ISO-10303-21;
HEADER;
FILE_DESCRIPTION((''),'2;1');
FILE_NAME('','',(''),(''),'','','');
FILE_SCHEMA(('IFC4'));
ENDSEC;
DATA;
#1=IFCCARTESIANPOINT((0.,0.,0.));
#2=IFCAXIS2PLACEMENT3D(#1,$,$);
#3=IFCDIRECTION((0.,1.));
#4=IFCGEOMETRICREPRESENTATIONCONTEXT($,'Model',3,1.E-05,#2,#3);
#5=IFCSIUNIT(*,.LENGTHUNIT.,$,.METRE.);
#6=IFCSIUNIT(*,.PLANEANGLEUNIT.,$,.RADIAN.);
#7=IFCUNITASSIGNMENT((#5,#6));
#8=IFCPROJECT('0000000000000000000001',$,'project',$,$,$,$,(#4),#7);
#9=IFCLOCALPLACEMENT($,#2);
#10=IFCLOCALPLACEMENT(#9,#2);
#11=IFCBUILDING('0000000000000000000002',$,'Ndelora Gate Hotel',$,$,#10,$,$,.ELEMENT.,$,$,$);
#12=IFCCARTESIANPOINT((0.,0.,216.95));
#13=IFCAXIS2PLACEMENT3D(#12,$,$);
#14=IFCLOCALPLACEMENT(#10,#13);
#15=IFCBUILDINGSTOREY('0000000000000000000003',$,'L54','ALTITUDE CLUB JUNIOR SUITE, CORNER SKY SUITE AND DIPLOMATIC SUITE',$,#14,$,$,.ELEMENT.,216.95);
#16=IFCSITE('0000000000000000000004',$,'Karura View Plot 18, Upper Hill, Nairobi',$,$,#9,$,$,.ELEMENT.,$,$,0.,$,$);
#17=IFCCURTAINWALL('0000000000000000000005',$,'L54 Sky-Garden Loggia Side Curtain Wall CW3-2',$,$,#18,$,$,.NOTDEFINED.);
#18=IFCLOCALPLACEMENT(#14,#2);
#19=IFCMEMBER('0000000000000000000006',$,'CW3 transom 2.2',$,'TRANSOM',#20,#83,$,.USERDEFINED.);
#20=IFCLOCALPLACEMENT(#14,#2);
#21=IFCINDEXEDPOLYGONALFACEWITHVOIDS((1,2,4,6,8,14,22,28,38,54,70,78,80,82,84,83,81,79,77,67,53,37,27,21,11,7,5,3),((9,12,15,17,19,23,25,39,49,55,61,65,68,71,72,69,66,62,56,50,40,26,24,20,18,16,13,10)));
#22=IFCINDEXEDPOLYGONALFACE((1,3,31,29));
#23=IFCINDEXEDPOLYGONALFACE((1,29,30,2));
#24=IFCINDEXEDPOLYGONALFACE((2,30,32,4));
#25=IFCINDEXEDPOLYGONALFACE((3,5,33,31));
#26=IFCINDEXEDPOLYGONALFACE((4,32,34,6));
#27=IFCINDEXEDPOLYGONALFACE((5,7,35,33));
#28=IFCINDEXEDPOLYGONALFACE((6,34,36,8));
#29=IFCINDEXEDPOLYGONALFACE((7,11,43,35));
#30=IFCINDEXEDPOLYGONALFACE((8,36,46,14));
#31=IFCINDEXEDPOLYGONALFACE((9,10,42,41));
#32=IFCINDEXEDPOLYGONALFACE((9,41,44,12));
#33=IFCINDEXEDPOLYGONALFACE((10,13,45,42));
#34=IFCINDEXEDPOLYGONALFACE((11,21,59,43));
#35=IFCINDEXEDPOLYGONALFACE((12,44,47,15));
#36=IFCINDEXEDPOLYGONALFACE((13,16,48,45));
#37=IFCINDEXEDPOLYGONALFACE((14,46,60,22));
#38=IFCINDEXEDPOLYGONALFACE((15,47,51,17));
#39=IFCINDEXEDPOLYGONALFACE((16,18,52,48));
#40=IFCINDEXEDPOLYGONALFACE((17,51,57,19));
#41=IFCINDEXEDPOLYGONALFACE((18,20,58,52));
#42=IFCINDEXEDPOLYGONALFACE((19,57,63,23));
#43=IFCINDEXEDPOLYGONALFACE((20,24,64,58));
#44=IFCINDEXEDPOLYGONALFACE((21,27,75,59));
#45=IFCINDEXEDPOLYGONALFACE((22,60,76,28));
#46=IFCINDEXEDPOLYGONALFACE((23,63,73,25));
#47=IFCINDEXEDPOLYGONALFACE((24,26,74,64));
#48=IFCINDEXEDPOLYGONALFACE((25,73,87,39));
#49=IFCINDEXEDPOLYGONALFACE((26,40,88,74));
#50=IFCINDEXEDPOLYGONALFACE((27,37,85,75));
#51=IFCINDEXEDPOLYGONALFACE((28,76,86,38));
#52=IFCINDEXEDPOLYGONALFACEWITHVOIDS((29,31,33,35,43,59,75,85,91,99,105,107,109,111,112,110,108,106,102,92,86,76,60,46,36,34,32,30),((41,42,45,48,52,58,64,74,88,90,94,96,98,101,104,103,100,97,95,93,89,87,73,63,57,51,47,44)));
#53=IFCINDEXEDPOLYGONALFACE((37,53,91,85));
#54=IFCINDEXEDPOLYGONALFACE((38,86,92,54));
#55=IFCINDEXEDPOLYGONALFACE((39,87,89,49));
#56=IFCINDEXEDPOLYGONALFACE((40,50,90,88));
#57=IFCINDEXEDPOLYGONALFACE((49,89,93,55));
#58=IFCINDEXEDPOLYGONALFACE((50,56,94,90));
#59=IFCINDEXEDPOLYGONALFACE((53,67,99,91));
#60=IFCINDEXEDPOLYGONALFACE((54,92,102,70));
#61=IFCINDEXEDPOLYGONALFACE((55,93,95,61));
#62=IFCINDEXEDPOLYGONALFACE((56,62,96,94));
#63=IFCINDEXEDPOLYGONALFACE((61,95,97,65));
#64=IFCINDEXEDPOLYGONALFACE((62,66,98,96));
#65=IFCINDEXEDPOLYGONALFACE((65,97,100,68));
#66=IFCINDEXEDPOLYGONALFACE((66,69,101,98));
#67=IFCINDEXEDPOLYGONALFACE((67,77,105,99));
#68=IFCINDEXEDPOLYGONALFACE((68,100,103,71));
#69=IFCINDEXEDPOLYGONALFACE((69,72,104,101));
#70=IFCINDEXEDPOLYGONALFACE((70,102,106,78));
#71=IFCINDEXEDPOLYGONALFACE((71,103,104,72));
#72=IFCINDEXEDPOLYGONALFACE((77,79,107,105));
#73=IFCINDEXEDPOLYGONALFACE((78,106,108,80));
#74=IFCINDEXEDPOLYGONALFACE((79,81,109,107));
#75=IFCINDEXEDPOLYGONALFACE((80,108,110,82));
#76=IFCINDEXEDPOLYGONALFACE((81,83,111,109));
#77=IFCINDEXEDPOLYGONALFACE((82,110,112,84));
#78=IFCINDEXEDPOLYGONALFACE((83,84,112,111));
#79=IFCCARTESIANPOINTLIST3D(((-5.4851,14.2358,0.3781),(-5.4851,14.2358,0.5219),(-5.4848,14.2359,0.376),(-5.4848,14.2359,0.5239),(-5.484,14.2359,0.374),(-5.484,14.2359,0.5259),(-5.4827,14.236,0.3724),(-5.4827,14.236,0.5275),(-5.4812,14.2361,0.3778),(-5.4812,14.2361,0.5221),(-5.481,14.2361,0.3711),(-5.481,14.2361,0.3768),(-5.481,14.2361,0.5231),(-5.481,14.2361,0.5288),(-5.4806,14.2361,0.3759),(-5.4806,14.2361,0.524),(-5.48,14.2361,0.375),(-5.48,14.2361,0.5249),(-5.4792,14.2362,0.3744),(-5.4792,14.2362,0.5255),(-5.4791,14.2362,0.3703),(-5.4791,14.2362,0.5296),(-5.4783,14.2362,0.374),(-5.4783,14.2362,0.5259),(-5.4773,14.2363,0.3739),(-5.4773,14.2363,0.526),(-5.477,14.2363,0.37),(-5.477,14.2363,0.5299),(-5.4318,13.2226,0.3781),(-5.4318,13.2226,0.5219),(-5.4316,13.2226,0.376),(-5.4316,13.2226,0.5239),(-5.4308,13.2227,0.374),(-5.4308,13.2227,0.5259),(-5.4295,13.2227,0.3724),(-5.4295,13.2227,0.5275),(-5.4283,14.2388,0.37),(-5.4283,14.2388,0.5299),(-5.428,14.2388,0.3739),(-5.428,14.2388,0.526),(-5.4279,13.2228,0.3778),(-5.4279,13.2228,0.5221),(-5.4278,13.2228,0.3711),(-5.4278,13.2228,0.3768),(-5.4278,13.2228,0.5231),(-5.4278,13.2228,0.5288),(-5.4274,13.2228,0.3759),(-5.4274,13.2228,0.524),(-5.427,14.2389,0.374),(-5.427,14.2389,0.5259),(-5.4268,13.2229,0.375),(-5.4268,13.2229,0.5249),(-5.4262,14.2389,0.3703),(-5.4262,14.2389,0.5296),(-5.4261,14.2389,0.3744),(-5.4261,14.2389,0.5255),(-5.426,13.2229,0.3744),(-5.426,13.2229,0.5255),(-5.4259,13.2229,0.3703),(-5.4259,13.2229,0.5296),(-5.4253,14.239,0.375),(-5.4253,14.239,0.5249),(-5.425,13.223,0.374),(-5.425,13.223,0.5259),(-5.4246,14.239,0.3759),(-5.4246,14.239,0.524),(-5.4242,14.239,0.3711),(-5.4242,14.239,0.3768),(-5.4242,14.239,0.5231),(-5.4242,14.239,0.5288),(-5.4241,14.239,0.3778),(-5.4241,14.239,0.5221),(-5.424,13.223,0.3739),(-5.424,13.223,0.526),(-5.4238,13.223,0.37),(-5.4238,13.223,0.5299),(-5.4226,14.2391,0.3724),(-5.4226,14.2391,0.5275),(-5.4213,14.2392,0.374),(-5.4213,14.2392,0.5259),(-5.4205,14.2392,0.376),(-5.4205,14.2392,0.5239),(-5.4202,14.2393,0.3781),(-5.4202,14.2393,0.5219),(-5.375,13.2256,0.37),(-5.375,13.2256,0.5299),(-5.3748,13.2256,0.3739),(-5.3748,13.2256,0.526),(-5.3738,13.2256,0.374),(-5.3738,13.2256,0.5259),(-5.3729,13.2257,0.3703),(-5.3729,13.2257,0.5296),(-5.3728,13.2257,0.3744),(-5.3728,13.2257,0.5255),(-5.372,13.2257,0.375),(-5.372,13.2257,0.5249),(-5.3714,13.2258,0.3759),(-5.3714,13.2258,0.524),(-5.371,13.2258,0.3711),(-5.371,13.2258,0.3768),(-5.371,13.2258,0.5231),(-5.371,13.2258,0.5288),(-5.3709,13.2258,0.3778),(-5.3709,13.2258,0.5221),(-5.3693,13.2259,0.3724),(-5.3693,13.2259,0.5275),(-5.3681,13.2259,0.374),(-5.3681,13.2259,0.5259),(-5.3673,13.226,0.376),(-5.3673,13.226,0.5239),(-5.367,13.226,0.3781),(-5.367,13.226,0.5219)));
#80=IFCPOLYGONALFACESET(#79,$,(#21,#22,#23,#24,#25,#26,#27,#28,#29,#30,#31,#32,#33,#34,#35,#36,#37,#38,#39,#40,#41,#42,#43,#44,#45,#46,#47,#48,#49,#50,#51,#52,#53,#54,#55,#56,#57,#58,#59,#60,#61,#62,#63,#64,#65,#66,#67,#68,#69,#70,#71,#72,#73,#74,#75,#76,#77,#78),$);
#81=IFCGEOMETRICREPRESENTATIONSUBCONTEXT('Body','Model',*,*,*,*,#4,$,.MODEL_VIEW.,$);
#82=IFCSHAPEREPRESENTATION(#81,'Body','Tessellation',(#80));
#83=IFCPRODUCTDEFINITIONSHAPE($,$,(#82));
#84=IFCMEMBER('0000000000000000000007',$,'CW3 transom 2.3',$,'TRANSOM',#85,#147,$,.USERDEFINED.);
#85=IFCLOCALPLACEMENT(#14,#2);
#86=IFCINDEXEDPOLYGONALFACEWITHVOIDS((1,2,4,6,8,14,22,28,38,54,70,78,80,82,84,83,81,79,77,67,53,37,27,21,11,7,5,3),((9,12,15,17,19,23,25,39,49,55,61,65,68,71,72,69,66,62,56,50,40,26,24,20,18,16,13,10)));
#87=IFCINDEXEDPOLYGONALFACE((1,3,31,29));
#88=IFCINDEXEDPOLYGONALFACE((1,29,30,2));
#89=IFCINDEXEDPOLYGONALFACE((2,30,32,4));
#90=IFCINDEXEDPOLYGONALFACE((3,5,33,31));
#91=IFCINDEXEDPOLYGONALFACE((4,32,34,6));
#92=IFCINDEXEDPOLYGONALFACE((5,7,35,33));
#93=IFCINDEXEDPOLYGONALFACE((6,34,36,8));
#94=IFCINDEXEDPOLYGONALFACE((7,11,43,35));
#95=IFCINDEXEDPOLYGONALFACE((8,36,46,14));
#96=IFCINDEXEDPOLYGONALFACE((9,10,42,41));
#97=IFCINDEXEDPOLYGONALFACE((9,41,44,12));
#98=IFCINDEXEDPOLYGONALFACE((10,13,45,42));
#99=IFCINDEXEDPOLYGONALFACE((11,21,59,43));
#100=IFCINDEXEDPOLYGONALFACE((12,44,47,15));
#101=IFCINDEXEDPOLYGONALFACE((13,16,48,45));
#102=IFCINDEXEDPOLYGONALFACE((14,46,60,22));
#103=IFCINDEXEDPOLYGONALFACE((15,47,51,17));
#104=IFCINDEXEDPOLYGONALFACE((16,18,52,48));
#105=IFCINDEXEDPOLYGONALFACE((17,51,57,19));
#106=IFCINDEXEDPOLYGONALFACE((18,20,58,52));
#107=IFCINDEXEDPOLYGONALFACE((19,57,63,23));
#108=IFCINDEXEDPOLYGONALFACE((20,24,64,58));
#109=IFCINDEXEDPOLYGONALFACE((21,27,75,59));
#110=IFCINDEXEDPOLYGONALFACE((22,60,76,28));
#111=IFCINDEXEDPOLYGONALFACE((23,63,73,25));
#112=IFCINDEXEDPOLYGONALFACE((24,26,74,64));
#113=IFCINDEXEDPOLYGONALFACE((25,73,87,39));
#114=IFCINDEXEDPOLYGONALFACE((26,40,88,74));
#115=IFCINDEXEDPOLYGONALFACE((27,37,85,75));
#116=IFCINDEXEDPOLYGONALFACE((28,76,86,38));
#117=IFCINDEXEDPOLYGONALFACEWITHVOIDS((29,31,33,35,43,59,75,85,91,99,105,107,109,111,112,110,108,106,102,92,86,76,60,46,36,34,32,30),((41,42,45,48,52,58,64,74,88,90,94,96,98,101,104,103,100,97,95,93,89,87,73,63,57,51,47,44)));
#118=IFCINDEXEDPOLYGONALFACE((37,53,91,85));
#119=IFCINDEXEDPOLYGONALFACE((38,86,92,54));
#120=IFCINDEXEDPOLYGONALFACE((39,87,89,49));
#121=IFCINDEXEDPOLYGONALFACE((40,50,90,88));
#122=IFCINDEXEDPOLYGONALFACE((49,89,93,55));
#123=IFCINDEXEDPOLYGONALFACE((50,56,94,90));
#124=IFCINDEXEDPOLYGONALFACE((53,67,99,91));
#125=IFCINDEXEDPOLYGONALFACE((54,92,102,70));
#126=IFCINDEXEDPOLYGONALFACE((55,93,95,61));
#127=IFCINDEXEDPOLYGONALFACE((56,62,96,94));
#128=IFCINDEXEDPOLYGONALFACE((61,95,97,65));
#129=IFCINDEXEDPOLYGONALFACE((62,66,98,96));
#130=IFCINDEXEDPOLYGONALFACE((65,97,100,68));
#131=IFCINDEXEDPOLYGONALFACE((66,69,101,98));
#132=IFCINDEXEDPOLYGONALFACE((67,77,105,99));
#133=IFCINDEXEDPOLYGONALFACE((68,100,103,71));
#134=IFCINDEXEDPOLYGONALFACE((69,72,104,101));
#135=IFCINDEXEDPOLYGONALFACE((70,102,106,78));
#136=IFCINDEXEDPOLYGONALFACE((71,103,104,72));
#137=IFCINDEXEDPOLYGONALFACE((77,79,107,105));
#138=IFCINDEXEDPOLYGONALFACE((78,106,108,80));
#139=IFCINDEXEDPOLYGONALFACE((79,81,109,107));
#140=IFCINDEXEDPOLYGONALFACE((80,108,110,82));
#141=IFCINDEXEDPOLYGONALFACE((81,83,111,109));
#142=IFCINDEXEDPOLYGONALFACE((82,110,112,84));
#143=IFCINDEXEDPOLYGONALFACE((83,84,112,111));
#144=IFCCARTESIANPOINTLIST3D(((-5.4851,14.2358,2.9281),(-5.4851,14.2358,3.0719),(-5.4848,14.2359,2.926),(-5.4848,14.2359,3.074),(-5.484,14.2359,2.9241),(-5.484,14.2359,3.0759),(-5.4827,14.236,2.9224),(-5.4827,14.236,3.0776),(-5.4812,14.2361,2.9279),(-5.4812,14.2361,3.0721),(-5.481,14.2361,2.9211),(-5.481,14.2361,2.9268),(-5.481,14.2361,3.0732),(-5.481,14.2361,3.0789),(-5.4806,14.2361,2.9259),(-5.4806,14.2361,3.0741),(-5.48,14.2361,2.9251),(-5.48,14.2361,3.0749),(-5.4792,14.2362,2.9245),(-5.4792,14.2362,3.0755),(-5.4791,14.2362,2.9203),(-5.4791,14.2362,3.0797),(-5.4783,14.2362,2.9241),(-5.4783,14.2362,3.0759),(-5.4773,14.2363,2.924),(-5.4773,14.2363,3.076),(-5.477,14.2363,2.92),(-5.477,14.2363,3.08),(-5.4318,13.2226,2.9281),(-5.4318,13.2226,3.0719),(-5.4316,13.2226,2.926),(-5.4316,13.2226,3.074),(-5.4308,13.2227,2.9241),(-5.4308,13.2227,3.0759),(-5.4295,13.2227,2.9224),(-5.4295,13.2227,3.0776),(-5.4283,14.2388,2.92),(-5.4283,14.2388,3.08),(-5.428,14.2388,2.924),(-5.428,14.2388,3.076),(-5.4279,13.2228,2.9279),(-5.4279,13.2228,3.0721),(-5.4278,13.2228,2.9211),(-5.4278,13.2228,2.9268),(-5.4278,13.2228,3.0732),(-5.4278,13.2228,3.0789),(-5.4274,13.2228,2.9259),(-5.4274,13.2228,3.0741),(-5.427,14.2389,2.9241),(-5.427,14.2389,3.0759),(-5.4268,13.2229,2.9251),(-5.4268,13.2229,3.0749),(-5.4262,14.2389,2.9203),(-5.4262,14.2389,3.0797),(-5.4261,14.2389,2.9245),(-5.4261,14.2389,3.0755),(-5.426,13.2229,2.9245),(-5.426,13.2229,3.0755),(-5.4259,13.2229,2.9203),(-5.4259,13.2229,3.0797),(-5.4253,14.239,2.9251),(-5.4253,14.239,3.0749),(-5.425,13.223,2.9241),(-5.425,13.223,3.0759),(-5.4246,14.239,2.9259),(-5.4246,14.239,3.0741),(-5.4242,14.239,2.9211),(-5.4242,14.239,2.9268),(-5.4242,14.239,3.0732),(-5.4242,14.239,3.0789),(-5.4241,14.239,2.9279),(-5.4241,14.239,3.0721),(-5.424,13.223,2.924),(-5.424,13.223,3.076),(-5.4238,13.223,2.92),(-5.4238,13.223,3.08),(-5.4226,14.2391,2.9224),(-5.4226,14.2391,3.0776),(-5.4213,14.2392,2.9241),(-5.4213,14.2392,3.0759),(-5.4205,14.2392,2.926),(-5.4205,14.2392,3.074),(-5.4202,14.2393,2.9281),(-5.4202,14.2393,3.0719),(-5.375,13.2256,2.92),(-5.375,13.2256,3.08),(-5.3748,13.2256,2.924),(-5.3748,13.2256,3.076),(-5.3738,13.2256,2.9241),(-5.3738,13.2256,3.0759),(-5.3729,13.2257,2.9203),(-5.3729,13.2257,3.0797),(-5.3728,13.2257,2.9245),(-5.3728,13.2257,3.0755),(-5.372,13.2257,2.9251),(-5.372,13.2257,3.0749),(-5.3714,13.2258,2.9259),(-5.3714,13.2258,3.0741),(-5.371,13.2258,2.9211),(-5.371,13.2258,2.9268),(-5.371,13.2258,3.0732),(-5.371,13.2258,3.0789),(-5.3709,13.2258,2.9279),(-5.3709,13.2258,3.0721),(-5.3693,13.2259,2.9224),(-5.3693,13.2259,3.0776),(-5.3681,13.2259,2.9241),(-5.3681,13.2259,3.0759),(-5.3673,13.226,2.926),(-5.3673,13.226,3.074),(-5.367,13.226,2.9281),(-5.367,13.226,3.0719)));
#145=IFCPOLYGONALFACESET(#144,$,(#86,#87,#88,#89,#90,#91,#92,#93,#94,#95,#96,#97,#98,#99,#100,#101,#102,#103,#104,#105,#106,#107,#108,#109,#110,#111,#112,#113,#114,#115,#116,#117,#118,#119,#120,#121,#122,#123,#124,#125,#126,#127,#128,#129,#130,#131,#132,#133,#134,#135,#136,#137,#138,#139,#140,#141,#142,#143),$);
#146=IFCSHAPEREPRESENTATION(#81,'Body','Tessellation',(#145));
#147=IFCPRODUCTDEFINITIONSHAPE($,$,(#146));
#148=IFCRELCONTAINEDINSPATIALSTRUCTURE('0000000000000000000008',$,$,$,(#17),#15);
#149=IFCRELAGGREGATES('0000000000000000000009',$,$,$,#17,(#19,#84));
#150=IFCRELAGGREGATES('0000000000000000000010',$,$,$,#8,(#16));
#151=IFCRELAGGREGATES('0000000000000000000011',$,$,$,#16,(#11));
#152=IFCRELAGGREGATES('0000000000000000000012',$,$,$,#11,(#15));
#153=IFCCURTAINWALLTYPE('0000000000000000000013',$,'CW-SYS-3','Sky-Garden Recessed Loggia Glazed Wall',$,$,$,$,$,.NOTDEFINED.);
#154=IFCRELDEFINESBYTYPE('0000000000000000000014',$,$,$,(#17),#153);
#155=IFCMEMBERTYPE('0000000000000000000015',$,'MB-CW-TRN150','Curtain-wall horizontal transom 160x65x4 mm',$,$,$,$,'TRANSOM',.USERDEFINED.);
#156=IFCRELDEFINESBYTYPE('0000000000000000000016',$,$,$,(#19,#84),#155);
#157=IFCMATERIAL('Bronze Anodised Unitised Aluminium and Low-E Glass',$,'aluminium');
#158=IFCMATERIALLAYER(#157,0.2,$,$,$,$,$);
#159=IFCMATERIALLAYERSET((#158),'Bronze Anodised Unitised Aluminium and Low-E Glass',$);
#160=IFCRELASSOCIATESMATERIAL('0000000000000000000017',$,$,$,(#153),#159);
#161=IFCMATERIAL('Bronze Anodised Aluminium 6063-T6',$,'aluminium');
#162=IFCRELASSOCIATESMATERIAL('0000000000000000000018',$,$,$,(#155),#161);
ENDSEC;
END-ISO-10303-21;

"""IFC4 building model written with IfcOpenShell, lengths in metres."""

from ifc_helpers import new_model, si_unit, direction, frame, origin, origin_2d, place, context, subcontext, project, spatial, hollow_rectangle, extrude, material, layer, layer_set, material_profile, profile_set, type_object, element, aggregate, save


model = new_model("IFC4")

# Units and contexts
model_context = context("Model", 3, precision=1e-05, world=origin(), true_north=direction((0.0, 1.0)))
body_context = subcontext(model_context, "Body", "Model", "MODEL_VIEW")
ifc_project = project(units=[si_unit("LENGTHUNIT", "METRE"), si_unit("PLANEANGLEUNIT", "RADIAN")], contexts=[model_context])

# Site, building, storey
site_placement = place(None, origin())
site = spatial("IfcSite", under=ifc_project, at=site_placement, Name="Karura View Plot 18, Upper Hill, Nairobi", CompositionType="ELEMENT", RefElevation=0.0)
building_placement = place(site_placement, origin())
building = spatial("IfcBuilding", under=site, at=building_placement, Name="Ndelora Gate Hotel", CompositionType="ELEMENT")
storey_placement = place(building_placement, frame((0.0, 0.0, 216.95)))
storey = spatial("IfcBuildingStorey", under=building, at=storey_placement, Name="L54", Description="ALTITUDE CLUB JUNIOR SUITE, CORNER SKY SUITE AND DIPLOMATIC SUITE", CompositionType="ELEMENT", Elevation=216.95)

# Curtain wall, members
ifc_material_1 = material(Name="Bronze Anodised Unitised Aluminium and Low-E Glass", Category="aluminium")
ifc_layer_1 = layer(ifc_material_1, 0.2)
ifc_layer_set_1 = layer_set([ifc_layer_1], Name="Bronze Anodised Unitised Aluminium and Low-E Glass")
curtain_wall_type = type_object("IfcCurtainWallType", Name="CW-SYS-3", Description="Sky-Garden Recessed Loggia Glazed Wall", PredefinedType="NOTDEFINED", material=ifc_layer_set_1)
curtain_wall_placement = place(storey_placement, origin())
curtain_wall = element("IfcCurtainWall", 1, at=curtain_wall_placement, inside=storey, type_object=curtain_wall_type, Name="L54 Sky-Garden Loggia Side Curtain Wall CW3-2", PredefinedType="NOTDEFINED")
ifc_material_2 = material(Name="Bronze Anodised Aluminium 6063-T6", Category="aluminium")
ifc_material_profile_1 = material_profile(ifc_material_2, hollow_rectangle(XDim=0.0649, YDim=0.1599, WallThickness=0.0039, InnerFilletRadius=0.0039, OuterFilletRadius=0.0081, at=origin_2d()), Name="ALU 160x65x4")
ifc_profile_set_1 = profile_set([ifc_material_profile_1], Name="Bronze Anodised Aluminium 6063-T6")
member_type_1 = type_object("IfcMemberType", Name="MB-CW-TRN150", Description="Curtain-wall horizontal transom 160x65x4 mm", ElementType="TRANSOM", PredefinedType="USERDEFINED", material=ifc_profile_set_1)
member_1_placement = place(storey_placement, frame((-5.4526, 14.2375, 0.45), z_axis=(0.052458, -0.998623, 0.0), x_axis=(0.998623, 0.052458, 0.0)))
member_1 = element("IfcMember", 2, at=member_1_placement, type_object=member_type_1, Name="CW3 transom 2.2", ObjectType="TRANSOM", PredefinedType="USERDEFINED", context=body_context, shape_type="SweptSolid", body=[
    extrude(hollow_rectangle(XDim=0.0649, YDim=0.1599, WallThickness=0.0039, InnerFilletRadius=0.0039, OuterFilletRadius=0.0081, at=origin_2d()), origin(), (0.0, 0.0, 1.0), 1.0146),
])
member_2_placement = place(storey_placement, frame((-5.4526, 14.2375, 3.0), z_axis=(0.052458, -0.998623, 0.0), x_axis=(0.998623, 0.052458, 0.0)))
member_2 = element("IfcMember", 3, at=member_2_placement, type_object=member_type_1, Name="CW3 transom 2.3", ObjectType="TRANSOM", PredefinedType="USERDEFINED", context=body_context, shape_type="SweptSolid", body=[
    extrude(hollow_rectangle(XDim=0.0649, YDim=0.1599, WallThickness=0.0039, InnerFilletRadius=0.0039, OuterFilletRadius=0.0081, at=origin_2d()), origin(), (0.0, 0.0, 1.0), 1.0146),
])
aggregate(curtain_wall, [member_1, member_2])

save(model, "model.ifc")
